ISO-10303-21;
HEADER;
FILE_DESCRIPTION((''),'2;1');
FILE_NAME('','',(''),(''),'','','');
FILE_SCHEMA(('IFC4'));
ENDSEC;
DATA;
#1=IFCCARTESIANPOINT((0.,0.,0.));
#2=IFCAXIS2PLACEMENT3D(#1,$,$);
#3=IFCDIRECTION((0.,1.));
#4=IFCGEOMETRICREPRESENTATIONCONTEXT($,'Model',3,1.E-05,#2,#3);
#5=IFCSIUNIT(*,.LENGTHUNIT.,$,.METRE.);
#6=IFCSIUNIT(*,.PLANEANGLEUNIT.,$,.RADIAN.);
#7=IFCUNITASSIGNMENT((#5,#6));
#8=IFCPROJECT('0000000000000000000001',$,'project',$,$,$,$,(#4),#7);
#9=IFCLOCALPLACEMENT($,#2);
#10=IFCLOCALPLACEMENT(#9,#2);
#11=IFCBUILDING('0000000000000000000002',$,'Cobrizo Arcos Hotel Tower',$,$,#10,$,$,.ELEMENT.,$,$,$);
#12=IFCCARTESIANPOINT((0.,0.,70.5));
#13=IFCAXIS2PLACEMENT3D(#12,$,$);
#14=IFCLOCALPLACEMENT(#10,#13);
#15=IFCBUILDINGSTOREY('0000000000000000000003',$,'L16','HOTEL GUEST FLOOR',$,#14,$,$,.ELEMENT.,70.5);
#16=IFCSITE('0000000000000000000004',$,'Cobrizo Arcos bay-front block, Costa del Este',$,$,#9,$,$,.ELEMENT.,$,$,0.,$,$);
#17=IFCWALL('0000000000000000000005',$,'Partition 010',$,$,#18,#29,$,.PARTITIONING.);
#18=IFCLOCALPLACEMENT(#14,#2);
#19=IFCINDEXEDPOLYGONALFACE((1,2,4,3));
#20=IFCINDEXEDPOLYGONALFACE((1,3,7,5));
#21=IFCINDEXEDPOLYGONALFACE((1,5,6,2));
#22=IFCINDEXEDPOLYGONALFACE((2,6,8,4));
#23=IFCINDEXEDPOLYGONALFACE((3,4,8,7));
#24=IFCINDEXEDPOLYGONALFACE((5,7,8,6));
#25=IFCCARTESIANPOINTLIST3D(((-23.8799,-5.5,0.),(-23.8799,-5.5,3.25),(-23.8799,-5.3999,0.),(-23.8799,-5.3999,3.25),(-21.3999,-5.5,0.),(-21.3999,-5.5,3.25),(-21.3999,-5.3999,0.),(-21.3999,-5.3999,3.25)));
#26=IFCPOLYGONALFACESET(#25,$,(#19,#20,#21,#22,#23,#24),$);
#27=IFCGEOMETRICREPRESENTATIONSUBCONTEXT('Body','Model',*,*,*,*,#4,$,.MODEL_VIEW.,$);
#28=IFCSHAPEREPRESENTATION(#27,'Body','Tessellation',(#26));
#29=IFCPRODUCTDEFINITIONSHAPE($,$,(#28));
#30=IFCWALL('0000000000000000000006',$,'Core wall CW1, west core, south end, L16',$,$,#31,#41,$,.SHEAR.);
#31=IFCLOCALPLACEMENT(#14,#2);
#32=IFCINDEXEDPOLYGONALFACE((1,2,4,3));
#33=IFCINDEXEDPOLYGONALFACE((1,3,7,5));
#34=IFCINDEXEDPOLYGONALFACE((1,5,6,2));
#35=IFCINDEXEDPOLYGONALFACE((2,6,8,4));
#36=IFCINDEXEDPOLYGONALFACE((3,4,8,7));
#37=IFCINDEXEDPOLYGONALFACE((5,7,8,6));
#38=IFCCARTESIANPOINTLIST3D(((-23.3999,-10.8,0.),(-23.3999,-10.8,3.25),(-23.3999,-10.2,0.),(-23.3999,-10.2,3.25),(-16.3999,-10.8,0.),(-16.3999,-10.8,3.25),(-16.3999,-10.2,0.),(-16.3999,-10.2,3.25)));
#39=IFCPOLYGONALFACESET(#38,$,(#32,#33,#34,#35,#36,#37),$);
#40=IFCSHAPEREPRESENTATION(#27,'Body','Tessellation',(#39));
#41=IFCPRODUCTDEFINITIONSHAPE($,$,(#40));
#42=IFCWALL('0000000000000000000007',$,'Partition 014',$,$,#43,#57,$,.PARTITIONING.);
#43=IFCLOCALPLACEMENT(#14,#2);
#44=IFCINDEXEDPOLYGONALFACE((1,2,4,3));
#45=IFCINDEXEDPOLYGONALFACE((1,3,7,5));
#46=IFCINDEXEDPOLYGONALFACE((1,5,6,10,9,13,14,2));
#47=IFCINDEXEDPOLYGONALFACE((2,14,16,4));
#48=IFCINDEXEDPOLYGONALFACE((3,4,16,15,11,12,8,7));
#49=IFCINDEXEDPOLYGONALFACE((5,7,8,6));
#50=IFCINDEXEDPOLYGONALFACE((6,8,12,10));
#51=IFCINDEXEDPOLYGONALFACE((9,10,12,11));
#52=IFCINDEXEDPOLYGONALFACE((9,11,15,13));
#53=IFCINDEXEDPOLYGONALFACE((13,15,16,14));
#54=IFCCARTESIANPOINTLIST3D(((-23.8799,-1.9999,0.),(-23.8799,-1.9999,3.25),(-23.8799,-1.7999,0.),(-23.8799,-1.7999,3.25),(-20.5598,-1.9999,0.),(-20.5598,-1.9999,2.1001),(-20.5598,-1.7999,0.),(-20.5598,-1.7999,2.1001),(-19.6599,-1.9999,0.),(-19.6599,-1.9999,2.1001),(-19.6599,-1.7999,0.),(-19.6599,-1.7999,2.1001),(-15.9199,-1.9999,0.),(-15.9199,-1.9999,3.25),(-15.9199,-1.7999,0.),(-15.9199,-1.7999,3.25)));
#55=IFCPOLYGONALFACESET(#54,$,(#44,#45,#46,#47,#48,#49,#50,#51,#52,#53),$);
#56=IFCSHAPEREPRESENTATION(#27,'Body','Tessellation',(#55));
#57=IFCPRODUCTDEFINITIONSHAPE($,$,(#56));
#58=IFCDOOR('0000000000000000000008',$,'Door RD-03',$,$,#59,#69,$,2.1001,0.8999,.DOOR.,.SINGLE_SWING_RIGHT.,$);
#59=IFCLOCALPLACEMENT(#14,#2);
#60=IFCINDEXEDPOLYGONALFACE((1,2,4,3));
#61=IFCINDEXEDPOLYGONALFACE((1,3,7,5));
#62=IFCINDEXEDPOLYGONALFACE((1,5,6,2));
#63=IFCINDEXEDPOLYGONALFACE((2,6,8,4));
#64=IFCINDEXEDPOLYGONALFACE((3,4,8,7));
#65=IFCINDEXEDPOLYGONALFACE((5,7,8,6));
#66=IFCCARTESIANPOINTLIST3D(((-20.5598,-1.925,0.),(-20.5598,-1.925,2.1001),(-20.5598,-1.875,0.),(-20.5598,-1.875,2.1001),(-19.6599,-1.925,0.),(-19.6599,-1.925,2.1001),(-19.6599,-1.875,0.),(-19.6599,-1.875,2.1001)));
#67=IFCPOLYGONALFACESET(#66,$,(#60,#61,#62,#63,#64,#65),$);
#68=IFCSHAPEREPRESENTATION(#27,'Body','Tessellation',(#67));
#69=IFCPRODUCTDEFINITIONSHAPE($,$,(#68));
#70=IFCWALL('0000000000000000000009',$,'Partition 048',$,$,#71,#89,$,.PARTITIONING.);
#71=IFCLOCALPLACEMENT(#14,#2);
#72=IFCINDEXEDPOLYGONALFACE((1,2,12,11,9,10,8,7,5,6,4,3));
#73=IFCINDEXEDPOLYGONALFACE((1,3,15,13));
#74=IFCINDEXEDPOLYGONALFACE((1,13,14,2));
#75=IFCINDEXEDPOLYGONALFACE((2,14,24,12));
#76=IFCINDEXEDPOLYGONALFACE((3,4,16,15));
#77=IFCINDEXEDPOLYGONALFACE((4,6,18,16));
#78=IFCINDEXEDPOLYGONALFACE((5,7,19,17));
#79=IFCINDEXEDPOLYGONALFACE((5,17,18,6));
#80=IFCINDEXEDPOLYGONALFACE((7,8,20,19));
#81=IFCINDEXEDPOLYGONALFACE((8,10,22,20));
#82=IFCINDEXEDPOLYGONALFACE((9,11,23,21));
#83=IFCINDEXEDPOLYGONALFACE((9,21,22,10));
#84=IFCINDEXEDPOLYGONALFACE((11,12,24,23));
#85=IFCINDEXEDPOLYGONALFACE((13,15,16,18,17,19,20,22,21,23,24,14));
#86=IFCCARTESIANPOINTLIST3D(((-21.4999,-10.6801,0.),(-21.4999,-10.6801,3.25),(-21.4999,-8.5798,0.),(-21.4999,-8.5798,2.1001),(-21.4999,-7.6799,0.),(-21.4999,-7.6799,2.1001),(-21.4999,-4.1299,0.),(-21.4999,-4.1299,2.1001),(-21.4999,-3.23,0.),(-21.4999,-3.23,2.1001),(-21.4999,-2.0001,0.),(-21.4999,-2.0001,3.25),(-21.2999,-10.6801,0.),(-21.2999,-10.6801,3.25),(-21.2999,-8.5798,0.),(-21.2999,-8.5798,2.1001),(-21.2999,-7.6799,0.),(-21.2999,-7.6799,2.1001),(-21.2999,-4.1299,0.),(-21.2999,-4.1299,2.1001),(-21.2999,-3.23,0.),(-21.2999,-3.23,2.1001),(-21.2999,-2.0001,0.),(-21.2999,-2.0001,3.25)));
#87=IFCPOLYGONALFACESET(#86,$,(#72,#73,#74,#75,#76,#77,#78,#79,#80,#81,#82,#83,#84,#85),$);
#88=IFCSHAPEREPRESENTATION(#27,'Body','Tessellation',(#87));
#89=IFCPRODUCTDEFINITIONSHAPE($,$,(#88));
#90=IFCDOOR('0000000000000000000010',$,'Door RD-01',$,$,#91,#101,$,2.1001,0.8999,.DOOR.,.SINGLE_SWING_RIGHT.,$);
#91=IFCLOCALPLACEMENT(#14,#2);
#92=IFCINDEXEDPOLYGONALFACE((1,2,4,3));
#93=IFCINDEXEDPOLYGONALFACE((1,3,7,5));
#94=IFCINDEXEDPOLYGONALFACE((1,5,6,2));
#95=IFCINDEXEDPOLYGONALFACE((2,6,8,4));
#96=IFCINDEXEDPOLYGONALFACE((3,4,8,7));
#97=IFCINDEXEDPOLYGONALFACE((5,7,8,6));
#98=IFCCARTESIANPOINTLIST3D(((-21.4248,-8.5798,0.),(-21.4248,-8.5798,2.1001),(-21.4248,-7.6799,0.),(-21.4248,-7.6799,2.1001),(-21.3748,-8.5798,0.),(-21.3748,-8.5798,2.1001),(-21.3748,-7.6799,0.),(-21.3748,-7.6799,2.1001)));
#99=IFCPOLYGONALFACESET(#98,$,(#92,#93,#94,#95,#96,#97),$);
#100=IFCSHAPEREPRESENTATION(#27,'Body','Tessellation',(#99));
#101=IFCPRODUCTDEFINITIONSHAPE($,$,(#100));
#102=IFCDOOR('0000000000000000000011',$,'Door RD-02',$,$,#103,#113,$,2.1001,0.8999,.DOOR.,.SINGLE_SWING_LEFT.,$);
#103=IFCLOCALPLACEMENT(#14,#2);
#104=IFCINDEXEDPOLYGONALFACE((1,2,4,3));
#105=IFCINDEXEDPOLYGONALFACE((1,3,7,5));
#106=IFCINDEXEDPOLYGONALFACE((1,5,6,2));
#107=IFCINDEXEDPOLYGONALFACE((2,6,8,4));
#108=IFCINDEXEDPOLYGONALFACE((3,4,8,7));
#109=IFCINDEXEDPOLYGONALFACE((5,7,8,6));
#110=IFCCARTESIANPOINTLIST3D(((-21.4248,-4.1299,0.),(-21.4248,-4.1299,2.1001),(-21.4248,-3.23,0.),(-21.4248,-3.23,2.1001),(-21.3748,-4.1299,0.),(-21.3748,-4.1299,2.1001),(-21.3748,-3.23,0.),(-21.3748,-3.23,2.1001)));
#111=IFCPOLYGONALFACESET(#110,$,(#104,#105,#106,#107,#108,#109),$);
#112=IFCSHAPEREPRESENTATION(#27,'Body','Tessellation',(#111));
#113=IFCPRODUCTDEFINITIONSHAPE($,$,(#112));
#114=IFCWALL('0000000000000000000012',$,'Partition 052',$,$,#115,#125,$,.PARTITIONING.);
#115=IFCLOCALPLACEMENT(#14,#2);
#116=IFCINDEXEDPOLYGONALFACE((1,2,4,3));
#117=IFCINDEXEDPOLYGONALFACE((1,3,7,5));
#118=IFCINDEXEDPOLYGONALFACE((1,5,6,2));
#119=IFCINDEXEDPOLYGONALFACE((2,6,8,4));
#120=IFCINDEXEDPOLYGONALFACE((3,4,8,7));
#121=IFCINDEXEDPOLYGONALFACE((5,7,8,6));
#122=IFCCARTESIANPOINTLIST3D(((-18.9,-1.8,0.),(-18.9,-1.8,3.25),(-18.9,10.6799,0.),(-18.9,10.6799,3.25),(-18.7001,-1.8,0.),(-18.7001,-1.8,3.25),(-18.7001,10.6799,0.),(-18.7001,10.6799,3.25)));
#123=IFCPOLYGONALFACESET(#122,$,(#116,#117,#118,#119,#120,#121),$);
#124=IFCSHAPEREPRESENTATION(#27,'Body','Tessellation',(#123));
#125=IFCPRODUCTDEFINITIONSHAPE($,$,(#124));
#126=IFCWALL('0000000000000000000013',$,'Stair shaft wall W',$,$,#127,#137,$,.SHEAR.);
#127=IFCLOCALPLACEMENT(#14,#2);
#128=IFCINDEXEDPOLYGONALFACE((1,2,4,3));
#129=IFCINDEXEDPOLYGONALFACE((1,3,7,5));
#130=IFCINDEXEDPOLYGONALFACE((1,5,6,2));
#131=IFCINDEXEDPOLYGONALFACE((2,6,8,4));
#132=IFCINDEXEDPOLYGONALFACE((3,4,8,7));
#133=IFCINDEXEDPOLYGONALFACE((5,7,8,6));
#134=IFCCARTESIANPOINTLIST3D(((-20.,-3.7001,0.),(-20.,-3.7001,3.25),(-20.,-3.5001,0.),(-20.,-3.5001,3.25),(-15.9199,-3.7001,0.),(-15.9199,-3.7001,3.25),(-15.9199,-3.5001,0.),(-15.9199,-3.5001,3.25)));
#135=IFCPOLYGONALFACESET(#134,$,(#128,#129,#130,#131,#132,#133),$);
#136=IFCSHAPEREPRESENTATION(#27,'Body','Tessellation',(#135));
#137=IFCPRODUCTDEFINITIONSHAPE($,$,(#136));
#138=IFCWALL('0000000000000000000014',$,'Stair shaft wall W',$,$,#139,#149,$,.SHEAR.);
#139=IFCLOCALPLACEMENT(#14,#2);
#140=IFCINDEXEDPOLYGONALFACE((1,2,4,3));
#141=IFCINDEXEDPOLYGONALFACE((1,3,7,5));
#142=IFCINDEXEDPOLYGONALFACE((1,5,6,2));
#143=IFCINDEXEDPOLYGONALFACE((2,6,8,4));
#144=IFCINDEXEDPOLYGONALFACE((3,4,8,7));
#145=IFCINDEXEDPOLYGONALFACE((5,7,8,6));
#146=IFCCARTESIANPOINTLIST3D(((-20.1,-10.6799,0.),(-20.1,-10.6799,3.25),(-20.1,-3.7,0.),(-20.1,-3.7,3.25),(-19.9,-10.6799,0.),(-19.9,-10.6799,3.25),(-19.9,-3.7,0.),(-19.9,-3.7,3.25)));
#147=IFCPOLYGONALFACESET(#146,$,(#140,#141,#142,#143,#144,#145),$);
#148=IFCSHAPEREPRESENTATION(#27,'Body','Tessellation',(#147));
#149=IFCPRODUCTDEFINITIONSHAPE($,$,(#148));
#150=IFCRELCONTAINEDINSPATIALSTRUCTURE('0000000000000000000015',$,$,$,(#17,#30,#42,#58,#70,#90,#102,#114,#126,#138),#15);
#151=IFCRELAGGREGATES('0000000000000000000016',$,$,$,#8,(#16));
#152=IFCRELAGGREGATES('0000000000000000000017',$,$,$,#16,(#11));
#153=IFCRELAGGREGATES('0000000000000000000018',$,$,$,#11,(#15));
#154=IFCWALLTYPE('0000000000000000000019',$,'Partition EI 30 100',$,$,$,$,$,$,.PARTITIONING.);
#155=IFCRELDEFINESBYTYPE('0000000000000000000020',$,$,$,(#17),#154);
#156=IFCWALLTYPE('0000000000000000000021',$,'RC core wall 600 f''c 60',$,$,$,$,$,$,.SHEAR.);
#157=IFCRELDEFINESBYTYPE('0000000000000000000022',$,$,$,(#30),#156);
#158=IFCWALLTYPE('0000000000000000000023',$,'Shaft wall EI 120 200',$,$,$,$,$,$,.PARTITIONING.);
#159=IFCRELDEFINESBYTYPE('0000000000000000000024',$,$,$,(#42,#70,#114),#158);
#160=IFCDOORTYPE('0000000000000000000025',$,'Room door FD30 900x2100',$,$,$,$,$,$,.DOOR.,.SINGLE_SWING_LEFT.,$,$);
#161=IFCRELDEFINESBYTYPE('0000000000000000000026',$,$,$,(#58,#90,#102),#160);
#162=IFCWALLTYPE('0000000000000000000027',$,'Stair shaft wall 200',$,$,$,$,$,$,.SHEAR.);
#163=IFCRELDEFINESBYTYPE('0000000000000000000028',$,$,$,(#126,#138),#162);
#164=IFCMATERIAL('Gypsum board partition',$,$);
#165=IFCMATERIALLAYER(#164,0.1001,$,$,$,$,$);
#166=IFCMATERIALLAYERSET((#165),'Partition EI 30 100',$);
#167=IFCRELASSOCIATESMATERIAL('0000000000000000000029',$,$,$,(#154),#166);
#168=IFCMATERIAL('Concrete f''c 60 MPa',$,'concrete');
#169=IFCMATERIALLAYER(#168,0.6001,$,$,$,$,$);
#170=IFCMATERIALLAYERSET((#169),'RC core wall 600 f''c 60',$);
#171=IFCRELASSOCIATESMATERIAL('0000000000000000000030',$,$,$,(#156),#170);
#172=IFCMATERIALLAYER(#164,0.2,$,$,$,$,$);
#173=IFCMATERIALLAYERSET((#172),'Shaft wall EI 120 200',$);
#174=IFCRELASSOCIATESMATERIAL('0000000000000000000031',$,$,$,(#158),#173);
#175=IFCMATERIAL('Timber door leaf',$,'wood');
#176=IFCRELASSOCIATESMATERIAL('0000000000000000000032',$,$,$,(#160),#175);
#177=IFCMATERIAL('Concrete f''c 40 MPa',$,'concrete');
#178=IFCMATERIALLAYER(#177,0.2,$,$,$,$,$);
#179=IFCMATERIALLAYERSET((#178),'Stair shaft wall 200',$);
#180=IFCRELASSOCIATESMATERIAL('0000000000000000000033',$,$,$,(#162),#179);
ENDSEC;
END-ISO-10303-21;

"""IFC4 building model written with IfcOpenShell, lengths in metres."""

from ifc_helpers import new_model, si_unit, direction, frame, frame_2d, origin, place, context, subcontext, project, spatial, rectangle, extrude, material, layer, layer_set, type_object, element, fill, save


model = new_model("IFC4")

# Units and contexts
model_context = context("Model", 3, precision=1e-05, world=origin(), true_north=direction((0.0, 1.0)))
body_context = subcontext(model_context, "Body", "Model", "MODEL_VIEW")
ifc_project = project(units=[si_unit("LENGTHUNIT", "METRE"), si_unit("PLANEANGLEUNIT", "RADIAN")], contexts=[model_context])

# Site, building, storey
site_placement = place(None, origin())
site = spatial("IfcSite", under=ifc_project, at=site_placement, Name="Cobrizo Arcos bay-front block, Costa del Este", CompositionType="ELEMENT", RefElevation=0.0)
building_placement = place(site_placement, origin())
building = spatial("IfcBuilding", under=site, at=building_placement, Name="Cobrizo Arcos Hotel Tower", CompositionType="ELEMENT")
storey_placement = place(building_placement, frame((0.0, 0.0, 70.5)))
storey = spatial("IfcBuildingStorey", under=building, at=storey_placement, Name="L16", Description="HOTEL GUEST FLOOR", CompositionType="ELEMENT", Elevation=70.5)

# Walls
ifc_material_1 = material(Name="Gypsum board partition")
ifc_layer_1 = layer(ifc_material_1, 0.1001)
ifc_layer_set_1 = layer_set([ifc_layer_1], Name="Partition EI 30 100")
wall_type_1 = type_object("IfcWallType", Name="Partition EI 30 100", PredefinedType="PARTITIONING", material=ifc_layer_set_1)
wall_1_placement = place(storey_placement, frame((-23.8799, -5.45, 0.0), z_axis=(0.0, 0.0, 1.0), x_axis=(1.0, 0.0, 0.0)))
element("IfcWall", 1, at=wall_1_placement, inside=storey, type_object=wall_type_1, Name="Partition 010", PredefinedType="PARTITIONING", context=body_context, shape_type="SweptSolid", body=[
    extrude(rectangle(XDim=2.48, YDim=0.1001, at=frame_2d((1.24, 0.0))), origin(), (0.0, 0.0, 1.0), 3.25),
])
ifc_material_2 = material(Name="Concrete f'c 60 MPa", Category="concrete")
ifc_layer_2 = layer(ifc_material_2, 0.6001)
ifc_layer_set_2 = layer_set([ifc_layer_2], Name="RC core wall 600 f'c 60")
wall_type_2 = type_object("IfcWallType", Name="RC core wall 600 f'c 60", PredefinedType="SHEAR", material=ifc_layer_set_2)
wall_2_placement = place(storey_placement, frame((-23.3999, -10.5, 0.0), z_axis=(0.0, 0.0, 1.0), x_axis=(1.0, 0.0, 0.0)))
element("IfcWall", 2, at=wall_2_placement, inside=storey, type_object=wall_type_2, Name="Core wall CW1, west core, south end, L16", PredefinedType="SHEAR", context=body_context, shape_type="SweptSolid", body=[
    extrude(rectangle(XDim=7.0, YDim=0.6001, at=frame_2d((3.5, 0.0))), origin(), (0.0, 0.0, 1.0), 3.25),
])

# Wall, opening, door
ifc_layer_3 = layer(ifc_material_1, 0.2)
ifc_layer_set_3 = layer_set([ifc_layer_3], Name="Shaft wall EI 120 200")
wall_type_3 = type_object("IfcWallType", Name="Shaft wall EI 120 200", PredefinedType="PARTITIONING", material=ifc_layer_set_3)
wall_3_placement = place(storey_placement, frame((-23.8799, -1.8999, 0.0), z_axis=(0.0, 0.0, 1.0), x_axis=(1.0, 0.0, 0.0)))
wall_3 = element("IfcWall", 3, at=wall_3_placement, inside=storey, type_object=wall_type_3, Name="Partition 014", PredefinedType="PARTITIONING", context=body_context, shape_type="SweptSolid", body=[
    extrude(rectangle(XDim=7.96, YDim=0.2, at=frame_2d((3.98, 0.0))), origin(), (0.0, 0.0, 1.0), 3.25),
])
opening_1_placement = place(wall_3_placement, frame((3.3201, 0.0, 0.0)))
opening_1 = element("IfcOpeningElement", 4, at=opening_1_placement, cuts=wall_3, PredefinedType="OPENING", context=body_context, shape_type="SweptSolid", body=[
    extrude(rectangle(XDim=0.8999, YDim=2.1001, at=frame_2d((0.45, 1.05))), frame((0.0, 0.1121, 0.0), z_axis=(0.0, -1.0, 0.0), x_axis=(1.0, 0.0, 0.0)), (0.0, 0.0, 1.0), 0.2239),
])
ifc_material_3 = material(Name="Timber door leaf", Category="wood")
door_type = type_object("IfcDoorType", Name="Room door FD30 900x2100", OperationType="SINGLE_SWING_LEFT", PredefinedType="DOOR", material=ifc_material_3)
door_1_placement = place(opening_1_placement, origin())
door_1 = element("IfcDoor", 5, at=door_1_placement, inside=storey, type_object=door_type, Name="Door RD-03", OperationType="SINGLE_SWING_RIGHT", OverallHeight=2.1001, OverallWidth=0.8999, PredefinedType="DOOR", context=body_context, shape_type="SweptSolid", body=[
    extrude(rectangle(XDim=0.8999, YDim=2.1001, at=frame_2d((0.45, 1.05))), frame((0.0, 0.0249, 0.0), z_axis=(0.0, -1.0, 0.0), x_axis=(1.0, 0.0, 0.0)), (0.0, 0.0, 1.0), 0.05),
])
fill(opening_1, door_1)

# Wall, openings, doors
wall_4_placement = place(storey_placement, frame((-21.3999, -10.6799, 0.0), z_axis=(0.0, 0.0, 1.0), x_axis=(0.0, 1.0, 0.0)))
wall_4 = element("IfcWall", 6, at=wall_4_placement, inside=storey, type_object=wall_type_3, Name="Partition 048", PredefinedType="PARTITIONING", context=body_context, shape_type="SweptSolid", body=[
    extrude(rectangle(XDim=8.6799, YDim=0.2, at=frame_2d((4.3398, 0.0))), origin(), (0.0, 0.0, 1.0), 3.25),
])
opening_2_placement = place(wall_4_placement, frame((2.1001, 0.0, 0.0)))
opening_2 = element("IfcOpeningElement", 7, at=opening_2_placement, cuts=wall_4, PredefinedType="OPENING", context=body_context, shape_type="SweptSolid", body=[
    extrude(rectangle(XDim=0.8999, YDim=2.1001, at=frame_2d((0.45, 1.05))), frame((0.0, 0.1121, 0.0), z_axis=(0.0, -1.0, 0.0), x_axis=(1.0, 0.0, 0.0)), (0.0, 0.0, 1.0), 0.2239),
])
opening_3_placement = place(wall_4_placement, frame((6.55, 0.0, 0.0)))
opening_3 = element("IfcOpeningElement", 8, at=opening_3_placement, cuts=wall_4, PredefinedType="OPENING", context=body_context, shape_type="SweptSolid", body=[
    extrude(rectangle(XDim=0.8999, YDim=2.1001, at=frame_2d((0.45, 1.05))), frame((0.0, 0.1121, 0.0), z_axis=(0.0, -1.0, 0.0), x_axis=(1.0, 0.0, 0.0)), (0.0, 0.0, 1.0), 0.2239),
])
door_2_placement = place(opening_2_placement, origin())
door_2 = element("IfcDoor", 9, at=door_2_placement, inside=storey, type_object=door_type, Name="Door RD-01", OperationType="SINGLE_SWING_RIGHT", OverallHeight=2.1001, OverallWidth=0.8999, PredefinedType="DOOR", context=body_context, shape_type="SweptSolid", body=[
    extrude(rectangle(XDim=0.8999, YDim=2.1001, at=frame_2d((0.45, 1.05))), frame((0.0, 0.0249, 0.0), z_axis=(0.0, -1.0, 0.0), x_axis=(1.0, 0.0, 0.0)), (0.0, 0.0, 1.0), 0.05),
])
fill(opening_2, door_2)
door_3_placement = place(opening_3_placement, origin())
door_3 = element("IfcDoor", 10, at=door_3_placement, inside=storey, type_object=door_type, Name="Door RD-02", OperationType="SINGLE_SWING_LEFT", OverallHeight=2.1001, OverallWidth=0.8999, PredefinedType="DOOR", context=body_context, shape_type="SweptSolid", body=[
    extrude(rectangle(XDim=0.8999, YDim=2.1001, at=frame_2d((0.45, 1.05))), frame((0.0, 0.0249, 0.0), z_axis=(0.0, -1.0, 0.0), x_axis=(1.0, 0.0, 0.0)), (0.0, 0.0, 1.0), 0.05),
])
fill(opening_3, door_3)

# Walls
wall_5_placement = place(storey_placement, frame((-18.8, -1.8, 0.0), z_axis=(0.0, 0.0, 1.0), x_axis=(0.0, 1.0, 0.0)))
element("IfcWall", 11, at=wall_5_placement, inside=storey, type_object=wall_type_3, Name="Partition 052", PredefinedType="PARTITIONING", context=body_context, shape_type="SweptSolid", body=[
    extrude(rectangle(XDim=12.48, YDim=0.2, at=frame_2d((6.24, 0.0))), origin(), (0.0, 0.0, 1.0), 3.25),
])
ifc_material_4 = material(Name="Concrete f'c 40 MPa", Category="concrete")
ifc_layer_4 = layer(ifc_material_4, 0.2)
ifc_layer_set_4 = layer_set([ifc_layer_4], Name="Stair shaft wall 200")
wall_type_4 = type_object("IfcWallType", Name="Stair shaft wall 200", PredefinedType="SHEAR", material=ifc_layer_set_4)
wall_6_placement = place(storey_placement, frame((-20.0, -3.6001, 0.0), z_axis=(0.0, 0.0, 1.0), x_axis=(1.0, 0.0, 0.0)))
element("IfcWall", 12, at=wall_6_placement, inside=storey, type_object=wall_type_4, Name="Stair shaft wall W", PredefinedType="SHEAR", context=body_context, shape_type="SweptSolid", body=[
    extrude(rectangle(XDim=4.0801, YDim=0.2, at=frame_2d((2.04, 0.0))), origin(), (0.0, 0.0, 1.0), 3.25),
])
wall_7_placement = place(storey_placement, frame((-20.0, -10.6799, 0.0), z_axis=(0.0, 0.0, 1.0), x_axis=(0.0, 1.0, 0.0)))
element("IfcWall", 13, at=wall_7_placement, inside=storey, type_object=wall_type_4, Name="Stair shaft wall W", PredefinedType="SHEAR", context=body_context, shape_type="SweptSolid", body=[
    extrude(rectangle(XDim=6.98, YDim=0.2, at=frame_2d((3.49, 0.0))), origin(), (0.0, 0.0, 1.0), 3.25),
])

save(model, "model.ifc")
